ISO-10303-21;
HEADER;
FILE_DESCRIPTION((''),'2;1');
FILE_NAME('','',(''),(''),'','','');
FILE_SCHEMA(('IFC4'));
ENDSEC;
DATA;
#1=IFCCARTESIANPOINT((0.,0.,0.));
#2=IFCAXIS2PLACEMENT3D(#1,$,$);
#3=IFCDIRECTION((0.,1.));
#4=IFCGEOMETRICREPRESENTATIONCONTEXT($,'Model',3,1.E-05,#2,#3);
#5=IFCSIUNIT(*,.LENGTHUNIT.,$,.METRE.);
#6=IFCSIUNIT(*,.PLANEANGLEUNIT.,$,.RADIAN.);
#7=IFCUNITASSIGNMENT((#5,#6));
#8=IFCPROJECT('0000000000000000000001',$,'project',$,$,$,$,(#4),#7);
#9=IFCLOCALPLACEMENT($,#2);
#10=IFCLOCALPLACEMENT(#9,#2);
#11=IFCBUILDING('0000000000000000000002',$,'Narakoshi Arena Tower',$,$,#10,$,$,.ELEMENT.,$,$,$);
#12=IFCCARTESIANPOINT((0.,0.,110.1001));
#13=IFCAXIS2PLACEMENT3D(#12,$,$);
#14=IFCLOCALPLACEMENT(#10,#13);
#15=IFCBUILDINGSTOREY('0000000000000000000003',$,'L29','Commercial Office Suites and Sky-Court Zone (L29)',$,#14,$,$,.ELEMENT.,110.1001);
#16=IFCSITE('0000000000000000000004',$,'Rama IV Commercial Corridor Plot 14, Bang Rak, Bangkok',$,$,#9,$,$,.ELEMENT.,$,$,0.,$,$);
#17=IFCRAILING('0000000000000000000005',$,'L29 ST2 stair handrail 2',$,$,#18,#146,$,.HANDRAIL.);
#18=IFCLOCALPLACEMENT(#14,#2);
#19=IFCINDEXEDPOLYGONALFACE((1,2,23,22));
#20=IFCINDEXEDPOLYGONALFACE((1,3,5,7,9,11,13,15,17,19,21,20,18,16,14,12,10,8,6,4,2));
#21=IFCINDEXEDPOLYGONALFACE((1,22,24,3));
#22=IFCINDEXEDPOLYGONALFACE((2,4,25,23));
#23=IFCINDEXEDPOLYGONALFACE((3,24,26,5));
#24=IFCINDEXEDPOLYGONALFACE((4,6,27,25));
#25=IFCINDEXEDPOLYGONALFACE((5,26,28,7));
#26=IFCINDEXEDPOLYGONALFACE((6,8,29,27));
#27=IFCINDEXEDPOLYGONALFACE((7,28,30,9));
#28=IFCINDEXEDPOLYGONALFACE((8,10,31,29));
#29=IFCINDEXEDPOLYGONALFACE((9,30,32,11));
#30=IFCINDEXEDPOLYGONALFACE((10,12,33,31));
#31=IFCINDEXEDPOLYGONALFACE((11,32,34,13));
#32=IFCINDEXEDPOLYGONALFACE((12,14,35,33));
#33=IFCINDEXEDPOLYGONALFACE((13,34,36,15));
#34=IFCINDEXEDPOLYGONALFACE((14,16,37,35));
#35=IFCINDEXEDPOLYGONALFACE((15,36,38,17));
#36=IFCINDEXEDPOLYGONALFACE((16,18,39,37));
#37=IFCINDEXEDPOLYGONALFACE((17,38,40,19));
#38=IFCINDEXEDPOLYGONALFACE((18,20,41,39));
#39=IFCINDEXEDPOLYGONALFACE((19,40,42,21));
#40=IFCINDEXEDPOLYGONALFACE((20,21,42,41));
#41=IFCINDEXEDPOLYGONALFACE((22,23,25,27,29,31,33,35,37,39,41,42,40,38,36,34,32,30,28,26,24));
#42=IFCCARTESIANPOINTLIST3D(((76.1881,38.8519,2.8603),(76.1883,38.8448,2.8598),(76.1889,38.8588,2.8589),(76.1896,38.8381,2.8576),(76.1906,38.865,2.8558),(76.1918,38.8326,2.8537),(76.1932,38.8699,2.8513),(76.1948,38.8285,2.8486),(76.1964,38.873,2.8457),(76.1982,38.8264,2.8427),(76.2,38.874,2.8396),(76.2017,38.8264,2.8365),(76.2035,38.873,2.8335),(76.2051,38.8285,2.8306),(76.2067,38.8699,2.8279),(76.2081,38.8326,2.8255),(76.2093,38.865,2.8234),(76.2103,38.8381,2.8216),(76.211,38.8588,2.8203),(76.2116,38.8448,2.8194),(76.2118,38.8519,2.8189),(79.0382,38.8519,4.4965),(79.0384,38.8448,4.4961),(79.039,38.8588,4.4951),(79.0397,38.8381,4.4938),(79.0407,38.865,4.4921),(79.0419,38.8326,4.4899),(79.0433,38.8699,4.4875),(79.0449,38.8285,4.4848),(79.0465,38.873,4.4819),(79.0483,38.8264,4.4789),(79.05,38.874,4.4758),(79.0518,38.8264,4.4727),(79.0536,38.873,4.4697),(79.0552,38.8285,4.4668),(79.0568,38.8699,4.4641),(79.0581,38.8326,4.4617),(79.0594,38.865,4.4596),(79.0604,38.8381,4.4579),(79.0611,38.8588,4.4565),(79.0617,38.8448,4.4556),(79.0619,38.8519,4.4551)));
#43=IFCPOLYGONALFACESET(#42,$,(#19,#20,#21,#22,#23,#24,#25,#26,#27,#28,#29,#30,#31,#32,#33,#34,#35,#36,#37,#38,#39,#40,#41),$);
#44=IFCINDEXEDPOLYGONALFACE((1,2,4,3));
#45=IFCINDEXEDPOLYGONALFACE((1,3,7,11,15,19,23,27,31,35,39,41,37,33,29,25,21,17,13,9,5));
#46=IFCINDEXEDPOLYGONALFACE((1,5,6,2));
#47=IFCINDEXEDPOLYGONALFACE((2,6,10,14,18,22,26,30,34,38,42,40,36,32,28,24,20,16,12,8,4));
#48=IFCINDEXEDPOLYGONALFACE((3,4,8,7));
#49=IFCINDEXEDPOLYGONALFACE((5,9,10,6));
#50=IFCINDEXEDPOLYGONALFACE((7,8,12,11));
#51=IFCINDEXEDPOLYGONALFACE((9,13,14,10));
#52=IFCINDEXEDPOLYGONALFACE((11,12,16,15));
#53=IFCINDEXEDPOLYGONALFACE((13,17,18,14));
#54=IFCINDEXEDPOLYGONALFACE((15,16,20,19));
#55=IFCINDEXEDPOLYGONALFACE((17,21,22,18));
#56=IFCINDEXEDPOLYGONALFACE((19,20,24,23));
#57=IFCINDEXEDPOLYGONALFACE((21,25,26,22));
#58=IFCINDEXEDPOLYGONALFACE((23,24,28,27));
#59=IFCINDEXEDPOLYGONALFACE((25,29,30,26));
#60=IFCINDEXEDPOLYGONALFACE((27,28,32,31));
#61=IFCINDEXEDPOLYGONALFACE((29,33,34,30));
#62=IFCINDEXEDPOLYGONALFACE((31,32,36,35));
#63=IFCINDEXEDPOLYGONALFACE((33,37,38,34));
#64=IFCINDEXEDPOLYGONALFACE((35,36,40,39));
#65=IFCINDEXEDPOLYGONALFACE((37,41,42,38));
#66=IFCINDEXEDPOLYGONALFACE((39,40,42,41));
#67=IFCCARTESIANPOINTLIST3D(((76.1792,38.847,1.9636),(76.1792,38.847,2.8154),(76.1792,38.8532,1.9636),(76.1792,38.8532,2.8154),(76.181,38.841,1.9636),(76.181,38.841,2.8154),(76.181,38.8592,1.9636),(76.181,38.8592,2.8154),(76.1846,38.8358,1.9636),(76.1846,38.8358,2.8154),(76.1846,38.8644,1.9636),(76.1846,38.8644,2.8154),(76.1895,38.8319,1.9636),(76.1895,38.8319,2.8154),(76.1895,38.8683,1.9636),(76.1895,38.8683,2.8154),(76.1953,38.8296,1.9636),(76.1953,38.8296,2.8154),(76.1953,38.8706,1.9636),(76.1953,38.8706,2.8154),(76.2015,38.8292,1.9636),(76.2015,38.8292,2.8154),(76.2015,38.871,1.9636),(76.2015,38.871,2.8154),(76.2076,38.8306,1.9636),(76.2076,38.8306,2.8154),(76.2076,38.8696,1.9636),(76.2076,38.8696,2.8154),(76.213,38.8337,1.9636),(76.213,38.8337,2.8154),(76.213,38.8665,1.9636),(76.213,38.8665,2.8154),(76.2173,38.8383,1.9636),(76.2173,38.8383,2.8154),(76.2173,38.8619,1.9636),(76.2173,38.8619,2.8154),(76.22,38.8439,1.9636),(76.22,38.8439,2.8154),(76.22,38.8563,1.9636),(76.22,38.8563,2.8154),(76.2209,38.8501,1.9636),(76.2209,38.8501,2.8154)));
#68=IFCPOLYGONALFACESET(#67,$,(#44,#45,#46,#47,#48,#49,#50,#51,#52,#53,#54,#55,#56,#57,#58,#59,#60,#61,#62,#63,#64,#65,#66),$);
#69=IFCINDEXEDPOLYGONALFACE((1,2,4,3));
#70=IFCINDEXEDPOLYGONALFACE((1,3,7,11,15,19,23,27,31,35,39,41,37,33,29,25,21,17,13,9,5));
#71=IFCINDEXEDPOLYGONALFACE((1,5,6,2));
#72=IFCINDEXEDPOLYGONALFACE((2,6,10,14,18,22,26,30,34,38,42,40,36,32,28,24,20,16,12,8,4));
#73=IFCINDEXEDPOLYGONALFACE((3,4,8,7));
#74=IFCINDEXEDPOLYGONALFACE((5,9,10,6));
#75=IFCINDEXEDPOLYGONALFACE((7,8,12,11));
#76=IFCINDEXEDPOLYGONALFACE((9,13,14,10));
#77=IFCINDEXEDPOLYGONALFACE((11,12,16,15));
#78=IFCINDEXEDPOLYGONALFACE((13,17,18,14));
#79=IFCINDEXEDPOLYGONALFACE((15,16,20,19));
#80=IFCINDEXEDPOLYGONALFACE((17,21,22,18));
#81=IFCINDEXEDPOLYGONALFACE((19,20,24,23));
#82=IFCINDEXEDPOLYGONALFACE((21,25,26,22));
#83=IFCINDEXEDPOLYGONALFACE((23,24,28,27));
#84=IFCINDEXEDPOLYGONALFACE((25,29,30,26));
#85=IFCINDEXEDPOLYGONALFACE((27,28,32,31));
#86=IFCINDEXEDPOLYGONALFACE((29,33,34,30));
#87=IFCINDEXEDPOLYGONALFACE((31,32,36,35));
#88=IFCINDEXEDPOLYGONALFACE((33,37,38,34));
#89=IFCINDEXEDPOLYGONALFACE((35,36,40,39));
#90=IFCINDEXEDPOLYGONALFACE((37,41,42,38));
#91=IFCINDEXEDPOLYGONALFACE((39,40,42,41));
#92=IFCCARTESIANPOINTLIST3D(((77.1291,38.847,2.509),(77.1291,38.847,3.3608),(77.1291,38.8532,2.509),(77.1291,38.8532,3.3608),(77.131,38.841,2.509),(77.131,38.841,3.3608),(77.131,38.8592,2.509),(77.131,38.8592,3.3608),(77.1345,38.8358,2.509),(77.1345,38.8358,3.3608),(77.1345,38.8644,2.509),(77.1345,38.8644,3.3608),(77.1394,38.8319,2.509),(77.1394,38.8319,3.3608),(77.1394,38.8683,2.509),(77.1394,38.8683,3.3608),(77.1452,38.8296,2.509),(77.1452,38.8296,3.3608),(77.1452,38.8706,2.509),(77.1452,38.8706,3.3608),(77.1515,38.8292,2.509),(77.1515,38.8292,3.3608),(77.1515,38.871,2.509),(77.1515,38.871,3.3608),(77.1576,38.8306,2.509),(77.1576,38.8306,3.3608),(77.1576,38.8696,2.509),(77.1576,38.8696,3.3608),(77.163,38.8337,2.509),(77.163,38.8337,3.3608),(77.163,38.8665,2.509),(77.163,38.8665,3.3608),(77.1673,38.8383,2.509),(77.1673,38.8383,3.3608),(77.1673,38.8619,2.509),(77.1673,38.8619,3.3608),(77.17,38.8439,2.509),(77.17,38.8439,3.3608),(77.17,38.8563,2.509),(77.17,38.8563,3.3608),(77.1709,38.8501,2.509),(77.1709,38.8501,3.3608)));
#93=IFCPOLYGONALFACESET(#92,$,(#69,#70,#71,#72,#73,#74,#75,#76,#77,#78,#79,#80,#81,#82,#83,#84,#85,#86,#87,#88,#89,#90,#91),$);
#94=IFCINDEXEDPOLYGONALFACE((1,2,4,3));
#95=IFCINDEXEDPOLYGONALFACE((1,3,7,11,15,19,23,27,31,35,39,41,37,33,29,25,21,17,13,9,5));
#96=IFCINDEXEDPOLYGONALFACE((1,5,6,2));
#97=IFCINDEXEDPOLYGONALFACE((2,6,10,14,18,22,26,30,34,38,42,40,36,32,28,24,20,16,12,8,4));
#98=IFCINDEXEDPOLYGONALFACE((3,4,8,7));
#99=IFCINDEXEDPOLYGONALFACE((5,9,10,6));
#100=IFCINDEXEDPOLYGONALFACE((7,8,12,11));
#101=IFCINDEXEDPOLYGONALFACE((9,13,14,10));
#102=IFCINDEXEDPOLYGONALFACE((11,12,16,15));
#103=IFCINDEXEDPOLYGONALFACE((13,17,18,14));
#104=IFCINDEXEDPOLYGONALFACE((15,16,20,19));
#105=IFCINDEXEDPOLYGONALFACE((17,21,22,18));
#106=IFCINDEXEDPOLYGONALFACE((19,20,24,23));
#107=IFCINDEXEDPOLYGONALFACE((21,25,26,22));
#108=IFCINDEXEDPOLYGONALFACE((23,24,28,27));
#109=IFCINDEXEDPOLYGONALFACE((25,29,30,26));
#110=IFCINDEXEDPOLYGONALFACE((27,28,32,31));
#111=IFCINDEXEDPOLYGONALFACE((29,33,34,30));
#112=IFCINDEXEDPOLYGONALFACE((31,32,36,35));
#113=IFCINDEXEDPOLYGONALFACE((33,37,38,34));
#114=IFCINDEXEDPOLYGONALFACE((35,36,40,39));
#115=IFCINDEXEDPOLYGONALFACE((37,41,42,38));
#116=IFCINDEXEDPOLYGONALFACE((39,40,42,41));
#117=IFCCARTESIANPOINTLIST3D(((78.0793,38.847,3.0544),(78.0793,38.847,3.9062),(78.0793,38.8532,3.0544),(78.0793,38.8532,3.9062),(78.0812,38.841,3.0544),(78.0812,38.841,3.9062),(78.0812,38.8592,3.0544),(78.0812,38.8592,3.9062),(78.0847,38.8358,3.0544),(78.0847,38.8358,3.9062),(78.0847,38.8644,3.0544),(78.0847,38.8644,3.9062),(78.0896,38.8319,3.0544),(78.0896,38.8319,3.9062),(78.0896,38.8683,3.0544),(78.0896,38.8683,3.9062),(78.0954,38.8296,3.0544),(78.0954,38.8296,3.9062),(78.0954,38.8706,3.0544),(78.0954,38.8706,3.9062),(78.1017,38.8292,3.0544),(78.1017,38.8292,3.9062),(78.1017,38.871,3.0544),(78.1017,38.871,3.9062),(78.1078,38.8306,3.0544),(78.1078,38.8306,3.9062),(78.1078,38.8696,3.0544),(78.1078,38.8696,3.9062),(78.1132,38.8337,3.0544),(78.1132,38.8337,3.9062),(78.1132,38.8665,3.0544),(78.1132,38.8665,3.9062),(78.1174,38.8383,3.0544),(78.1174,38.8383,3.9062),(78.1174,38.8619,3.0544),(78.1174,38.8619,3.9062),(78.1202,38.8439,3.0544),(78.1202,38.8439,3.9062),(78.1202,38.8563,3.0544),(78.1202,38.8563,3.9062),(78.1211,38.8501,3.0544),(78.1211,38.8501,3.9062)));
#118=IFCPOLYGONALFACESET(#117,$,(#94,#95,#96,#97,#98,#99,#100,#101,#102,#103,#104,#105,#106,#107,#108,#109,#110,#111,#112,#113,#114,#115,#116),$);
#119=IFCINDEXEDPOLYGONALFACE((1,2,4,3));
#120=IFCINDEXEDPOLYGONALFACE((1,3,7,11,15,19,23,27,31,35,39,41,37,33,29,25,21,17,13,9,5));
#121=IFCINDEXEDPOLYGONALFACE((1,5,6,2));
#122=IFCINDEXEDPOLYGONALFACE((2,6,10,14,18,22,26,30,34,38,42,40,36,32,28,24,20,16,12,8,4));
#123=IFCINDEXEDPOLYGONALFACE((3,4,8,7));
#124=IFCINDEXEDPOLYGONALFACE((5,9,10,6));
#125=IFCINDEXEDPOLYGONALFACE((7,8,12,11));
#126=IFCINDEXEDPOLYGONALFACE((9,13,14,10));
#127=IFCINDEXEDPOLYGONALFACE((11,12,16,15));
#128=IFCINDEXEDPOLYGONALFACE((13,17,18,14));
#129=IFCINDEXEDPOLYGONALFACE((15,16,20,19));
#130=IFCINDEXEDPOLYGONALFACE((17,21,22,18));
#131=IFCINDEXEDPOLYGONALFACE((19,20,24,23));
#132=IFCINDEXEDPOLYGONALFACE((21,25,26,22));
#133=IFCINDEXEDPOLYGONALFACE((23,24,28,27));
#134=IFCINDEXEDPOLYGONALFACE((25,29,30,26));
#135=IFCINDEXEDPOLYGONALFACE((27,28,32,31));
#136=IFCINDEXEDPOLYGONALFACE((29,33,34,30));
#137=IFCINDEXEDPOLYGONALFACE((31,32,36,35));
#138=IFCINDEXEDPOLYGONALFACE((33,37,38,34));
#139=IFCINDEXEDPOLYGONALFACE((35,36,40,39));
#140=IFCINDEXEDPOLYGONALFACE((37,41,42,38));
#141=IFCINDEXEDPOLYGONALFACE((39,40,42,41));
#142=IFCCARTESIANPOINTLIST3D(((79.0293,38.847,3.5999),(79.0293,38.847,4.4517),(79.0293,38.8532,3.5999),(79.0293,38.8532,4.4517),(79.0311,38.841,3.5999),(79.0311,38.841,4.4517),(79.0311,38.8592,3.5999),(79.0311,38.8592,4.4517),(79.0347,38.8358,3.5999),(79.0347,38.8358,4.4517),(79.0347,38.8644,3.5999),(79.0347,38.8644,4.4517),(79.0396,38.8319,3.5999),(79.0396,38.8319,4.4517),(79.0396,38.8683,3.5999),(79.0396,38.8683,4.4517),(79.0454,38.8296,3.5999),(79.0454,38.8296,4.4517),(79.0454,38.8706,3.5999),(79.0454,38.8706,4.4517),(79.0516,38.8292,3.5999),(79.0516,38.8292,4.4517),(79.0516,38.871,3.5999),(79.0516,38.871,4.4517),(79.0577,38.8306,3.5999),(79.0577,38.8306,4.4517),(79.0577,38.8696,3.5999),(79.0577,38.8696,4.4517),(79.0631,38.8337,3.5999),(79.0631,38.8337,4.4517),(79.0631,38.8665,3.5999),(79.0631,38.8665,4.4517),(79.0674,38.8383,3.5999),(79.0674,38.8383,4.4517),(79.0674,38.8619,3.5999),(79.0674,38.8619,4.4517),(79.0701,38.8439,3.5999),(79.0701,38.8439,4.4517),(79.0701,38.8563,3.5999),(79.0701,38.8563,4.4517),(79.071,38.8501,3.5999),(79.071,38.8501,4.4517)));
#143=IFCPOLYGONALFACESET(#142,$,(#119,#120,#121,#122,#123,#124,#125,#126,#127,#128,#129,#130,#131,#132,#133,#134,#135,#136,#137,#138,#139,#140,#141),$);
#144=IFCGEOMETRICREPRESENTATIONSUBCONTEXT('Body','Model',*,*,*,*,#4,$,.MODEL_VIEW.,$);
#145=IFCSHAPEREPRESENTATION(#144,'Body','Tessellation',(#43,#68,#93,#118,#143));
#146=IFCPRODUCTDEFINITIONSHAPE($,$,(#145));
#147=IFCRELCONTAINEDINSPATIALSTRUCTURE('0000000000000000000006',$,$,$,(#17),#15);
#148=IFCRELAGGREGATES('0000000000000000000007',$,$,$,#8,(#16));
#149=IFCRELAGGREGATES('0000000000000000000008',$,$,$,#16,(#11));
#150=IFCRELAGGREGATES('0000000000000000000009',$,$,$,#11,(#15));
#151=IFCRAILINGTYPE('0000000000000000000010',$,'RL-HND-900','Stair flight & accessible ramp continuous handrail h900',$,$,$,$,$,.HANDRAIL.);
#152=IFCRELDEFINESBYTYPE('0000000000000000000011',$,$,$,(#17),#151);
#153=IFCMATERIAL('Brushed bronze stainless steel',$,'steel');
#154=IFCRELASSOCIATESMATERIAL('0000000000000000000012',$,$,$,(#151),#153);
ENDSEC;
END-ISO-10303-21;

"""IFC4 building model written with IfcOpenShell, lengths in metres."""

from ifc_helpers import new_model, si_unit, direction, frame, origin, origin_2d, place, context, subcontext, project, spatial, circle, extrude, material, type_object, element, save


model = new_model("IFC4")

# Units and contexts
model_context = context("Model", 3, precision=1e-05, world=origin(), true_north=direction((0.0, 1.0)))
body_context = subcontext(model_context, "Body", "Model", "MODEL_VIEW")
ifc_project = project(units=[si_unit("LENGTHUNIT", "METRE"), si_unit("PLANEANGLEUNIT", "RADIAN")], contexts=[model_context])

# Site, building, storey
site_placement = place(None, origin())
site = spatial("IfcSite", under=ifc_project, at=site_placement, Name="Rama IV Commercial Corridor Plot 14, Bang Rak, Bangkok", CompositionType="ELEMENT", RefElevation=0.0)
building_placement = place(site_placement, origin())
building = spatial("IfcBuilding", under=site, at=building_placement, Name="Narakoshi Arena Tower", CompositionType="ELEMENT")
storey_placement = place(building_placement, frame((0.0, 0.0, 110.1001)))
storey = spatial("IfcBuildingStorey", under=building, at=storey_placement, Name="L29", Description="Commercial Office Suites and Sky-Court Zone (L29)", CompositionType="ELEMENT", Elevation=110.1001)

# Shared definitions
ifc_material_1 = material(Name="Brushed bronze stainless steel", Category="steel")

# Railing
railing_type_1 = type_object("IfcRailingType", Name="RL-HND-900", Description="Stair flight & accessible ramp continuous handrail h900", PredefinedType="HANDRAIL", material=ifc_material_1)
for number, where, name in (
    (1, (76.2, 38.8501, 1.9636), "L29 ST2 stair handrail 2"),
):
    element("IfcRailing", number, at=place(storey_placement, frame(where)), inside=storey, type_object=railing_type_1, Name=name, PredefinedType="HANDRAIL", context=body_context, shape_type="SweptSolid", body=[
        extrude(circle(Radius=0.0239, at=origin_2d()), frame((0.0, 0.0, 0.876), z_axis=(0.867245, 0.0, 0.497882), x_axis=(0.0, 1.0, 0.0)), (0.0, 0.0, 1.0), 3.2864),
        extrude(circle(Radius=0.021, at=origin_2d()), origin(), (0.0, 0.0, 1.0), 0.8518),
        extrude(circle(Radius=0.021, at=origin_2d()), frame((0.95, 0.0, 0.5454)), (0.0, 0.0, 1.0), 0.8518),
        extrude(circle(Radius=0.021, at=origin_2d()), frame((1.9001, 0.0, 1.0908)), (0.0, 0.0, 1.0), 0.8518),
        extrude(circle(Radius=0.021, at=origin_2d()), frame((2.8501, 0.0, 1.6362)), (0.0, 0.0, 1.0), 0.8518),
    ])

save(model, "model.ifc")
